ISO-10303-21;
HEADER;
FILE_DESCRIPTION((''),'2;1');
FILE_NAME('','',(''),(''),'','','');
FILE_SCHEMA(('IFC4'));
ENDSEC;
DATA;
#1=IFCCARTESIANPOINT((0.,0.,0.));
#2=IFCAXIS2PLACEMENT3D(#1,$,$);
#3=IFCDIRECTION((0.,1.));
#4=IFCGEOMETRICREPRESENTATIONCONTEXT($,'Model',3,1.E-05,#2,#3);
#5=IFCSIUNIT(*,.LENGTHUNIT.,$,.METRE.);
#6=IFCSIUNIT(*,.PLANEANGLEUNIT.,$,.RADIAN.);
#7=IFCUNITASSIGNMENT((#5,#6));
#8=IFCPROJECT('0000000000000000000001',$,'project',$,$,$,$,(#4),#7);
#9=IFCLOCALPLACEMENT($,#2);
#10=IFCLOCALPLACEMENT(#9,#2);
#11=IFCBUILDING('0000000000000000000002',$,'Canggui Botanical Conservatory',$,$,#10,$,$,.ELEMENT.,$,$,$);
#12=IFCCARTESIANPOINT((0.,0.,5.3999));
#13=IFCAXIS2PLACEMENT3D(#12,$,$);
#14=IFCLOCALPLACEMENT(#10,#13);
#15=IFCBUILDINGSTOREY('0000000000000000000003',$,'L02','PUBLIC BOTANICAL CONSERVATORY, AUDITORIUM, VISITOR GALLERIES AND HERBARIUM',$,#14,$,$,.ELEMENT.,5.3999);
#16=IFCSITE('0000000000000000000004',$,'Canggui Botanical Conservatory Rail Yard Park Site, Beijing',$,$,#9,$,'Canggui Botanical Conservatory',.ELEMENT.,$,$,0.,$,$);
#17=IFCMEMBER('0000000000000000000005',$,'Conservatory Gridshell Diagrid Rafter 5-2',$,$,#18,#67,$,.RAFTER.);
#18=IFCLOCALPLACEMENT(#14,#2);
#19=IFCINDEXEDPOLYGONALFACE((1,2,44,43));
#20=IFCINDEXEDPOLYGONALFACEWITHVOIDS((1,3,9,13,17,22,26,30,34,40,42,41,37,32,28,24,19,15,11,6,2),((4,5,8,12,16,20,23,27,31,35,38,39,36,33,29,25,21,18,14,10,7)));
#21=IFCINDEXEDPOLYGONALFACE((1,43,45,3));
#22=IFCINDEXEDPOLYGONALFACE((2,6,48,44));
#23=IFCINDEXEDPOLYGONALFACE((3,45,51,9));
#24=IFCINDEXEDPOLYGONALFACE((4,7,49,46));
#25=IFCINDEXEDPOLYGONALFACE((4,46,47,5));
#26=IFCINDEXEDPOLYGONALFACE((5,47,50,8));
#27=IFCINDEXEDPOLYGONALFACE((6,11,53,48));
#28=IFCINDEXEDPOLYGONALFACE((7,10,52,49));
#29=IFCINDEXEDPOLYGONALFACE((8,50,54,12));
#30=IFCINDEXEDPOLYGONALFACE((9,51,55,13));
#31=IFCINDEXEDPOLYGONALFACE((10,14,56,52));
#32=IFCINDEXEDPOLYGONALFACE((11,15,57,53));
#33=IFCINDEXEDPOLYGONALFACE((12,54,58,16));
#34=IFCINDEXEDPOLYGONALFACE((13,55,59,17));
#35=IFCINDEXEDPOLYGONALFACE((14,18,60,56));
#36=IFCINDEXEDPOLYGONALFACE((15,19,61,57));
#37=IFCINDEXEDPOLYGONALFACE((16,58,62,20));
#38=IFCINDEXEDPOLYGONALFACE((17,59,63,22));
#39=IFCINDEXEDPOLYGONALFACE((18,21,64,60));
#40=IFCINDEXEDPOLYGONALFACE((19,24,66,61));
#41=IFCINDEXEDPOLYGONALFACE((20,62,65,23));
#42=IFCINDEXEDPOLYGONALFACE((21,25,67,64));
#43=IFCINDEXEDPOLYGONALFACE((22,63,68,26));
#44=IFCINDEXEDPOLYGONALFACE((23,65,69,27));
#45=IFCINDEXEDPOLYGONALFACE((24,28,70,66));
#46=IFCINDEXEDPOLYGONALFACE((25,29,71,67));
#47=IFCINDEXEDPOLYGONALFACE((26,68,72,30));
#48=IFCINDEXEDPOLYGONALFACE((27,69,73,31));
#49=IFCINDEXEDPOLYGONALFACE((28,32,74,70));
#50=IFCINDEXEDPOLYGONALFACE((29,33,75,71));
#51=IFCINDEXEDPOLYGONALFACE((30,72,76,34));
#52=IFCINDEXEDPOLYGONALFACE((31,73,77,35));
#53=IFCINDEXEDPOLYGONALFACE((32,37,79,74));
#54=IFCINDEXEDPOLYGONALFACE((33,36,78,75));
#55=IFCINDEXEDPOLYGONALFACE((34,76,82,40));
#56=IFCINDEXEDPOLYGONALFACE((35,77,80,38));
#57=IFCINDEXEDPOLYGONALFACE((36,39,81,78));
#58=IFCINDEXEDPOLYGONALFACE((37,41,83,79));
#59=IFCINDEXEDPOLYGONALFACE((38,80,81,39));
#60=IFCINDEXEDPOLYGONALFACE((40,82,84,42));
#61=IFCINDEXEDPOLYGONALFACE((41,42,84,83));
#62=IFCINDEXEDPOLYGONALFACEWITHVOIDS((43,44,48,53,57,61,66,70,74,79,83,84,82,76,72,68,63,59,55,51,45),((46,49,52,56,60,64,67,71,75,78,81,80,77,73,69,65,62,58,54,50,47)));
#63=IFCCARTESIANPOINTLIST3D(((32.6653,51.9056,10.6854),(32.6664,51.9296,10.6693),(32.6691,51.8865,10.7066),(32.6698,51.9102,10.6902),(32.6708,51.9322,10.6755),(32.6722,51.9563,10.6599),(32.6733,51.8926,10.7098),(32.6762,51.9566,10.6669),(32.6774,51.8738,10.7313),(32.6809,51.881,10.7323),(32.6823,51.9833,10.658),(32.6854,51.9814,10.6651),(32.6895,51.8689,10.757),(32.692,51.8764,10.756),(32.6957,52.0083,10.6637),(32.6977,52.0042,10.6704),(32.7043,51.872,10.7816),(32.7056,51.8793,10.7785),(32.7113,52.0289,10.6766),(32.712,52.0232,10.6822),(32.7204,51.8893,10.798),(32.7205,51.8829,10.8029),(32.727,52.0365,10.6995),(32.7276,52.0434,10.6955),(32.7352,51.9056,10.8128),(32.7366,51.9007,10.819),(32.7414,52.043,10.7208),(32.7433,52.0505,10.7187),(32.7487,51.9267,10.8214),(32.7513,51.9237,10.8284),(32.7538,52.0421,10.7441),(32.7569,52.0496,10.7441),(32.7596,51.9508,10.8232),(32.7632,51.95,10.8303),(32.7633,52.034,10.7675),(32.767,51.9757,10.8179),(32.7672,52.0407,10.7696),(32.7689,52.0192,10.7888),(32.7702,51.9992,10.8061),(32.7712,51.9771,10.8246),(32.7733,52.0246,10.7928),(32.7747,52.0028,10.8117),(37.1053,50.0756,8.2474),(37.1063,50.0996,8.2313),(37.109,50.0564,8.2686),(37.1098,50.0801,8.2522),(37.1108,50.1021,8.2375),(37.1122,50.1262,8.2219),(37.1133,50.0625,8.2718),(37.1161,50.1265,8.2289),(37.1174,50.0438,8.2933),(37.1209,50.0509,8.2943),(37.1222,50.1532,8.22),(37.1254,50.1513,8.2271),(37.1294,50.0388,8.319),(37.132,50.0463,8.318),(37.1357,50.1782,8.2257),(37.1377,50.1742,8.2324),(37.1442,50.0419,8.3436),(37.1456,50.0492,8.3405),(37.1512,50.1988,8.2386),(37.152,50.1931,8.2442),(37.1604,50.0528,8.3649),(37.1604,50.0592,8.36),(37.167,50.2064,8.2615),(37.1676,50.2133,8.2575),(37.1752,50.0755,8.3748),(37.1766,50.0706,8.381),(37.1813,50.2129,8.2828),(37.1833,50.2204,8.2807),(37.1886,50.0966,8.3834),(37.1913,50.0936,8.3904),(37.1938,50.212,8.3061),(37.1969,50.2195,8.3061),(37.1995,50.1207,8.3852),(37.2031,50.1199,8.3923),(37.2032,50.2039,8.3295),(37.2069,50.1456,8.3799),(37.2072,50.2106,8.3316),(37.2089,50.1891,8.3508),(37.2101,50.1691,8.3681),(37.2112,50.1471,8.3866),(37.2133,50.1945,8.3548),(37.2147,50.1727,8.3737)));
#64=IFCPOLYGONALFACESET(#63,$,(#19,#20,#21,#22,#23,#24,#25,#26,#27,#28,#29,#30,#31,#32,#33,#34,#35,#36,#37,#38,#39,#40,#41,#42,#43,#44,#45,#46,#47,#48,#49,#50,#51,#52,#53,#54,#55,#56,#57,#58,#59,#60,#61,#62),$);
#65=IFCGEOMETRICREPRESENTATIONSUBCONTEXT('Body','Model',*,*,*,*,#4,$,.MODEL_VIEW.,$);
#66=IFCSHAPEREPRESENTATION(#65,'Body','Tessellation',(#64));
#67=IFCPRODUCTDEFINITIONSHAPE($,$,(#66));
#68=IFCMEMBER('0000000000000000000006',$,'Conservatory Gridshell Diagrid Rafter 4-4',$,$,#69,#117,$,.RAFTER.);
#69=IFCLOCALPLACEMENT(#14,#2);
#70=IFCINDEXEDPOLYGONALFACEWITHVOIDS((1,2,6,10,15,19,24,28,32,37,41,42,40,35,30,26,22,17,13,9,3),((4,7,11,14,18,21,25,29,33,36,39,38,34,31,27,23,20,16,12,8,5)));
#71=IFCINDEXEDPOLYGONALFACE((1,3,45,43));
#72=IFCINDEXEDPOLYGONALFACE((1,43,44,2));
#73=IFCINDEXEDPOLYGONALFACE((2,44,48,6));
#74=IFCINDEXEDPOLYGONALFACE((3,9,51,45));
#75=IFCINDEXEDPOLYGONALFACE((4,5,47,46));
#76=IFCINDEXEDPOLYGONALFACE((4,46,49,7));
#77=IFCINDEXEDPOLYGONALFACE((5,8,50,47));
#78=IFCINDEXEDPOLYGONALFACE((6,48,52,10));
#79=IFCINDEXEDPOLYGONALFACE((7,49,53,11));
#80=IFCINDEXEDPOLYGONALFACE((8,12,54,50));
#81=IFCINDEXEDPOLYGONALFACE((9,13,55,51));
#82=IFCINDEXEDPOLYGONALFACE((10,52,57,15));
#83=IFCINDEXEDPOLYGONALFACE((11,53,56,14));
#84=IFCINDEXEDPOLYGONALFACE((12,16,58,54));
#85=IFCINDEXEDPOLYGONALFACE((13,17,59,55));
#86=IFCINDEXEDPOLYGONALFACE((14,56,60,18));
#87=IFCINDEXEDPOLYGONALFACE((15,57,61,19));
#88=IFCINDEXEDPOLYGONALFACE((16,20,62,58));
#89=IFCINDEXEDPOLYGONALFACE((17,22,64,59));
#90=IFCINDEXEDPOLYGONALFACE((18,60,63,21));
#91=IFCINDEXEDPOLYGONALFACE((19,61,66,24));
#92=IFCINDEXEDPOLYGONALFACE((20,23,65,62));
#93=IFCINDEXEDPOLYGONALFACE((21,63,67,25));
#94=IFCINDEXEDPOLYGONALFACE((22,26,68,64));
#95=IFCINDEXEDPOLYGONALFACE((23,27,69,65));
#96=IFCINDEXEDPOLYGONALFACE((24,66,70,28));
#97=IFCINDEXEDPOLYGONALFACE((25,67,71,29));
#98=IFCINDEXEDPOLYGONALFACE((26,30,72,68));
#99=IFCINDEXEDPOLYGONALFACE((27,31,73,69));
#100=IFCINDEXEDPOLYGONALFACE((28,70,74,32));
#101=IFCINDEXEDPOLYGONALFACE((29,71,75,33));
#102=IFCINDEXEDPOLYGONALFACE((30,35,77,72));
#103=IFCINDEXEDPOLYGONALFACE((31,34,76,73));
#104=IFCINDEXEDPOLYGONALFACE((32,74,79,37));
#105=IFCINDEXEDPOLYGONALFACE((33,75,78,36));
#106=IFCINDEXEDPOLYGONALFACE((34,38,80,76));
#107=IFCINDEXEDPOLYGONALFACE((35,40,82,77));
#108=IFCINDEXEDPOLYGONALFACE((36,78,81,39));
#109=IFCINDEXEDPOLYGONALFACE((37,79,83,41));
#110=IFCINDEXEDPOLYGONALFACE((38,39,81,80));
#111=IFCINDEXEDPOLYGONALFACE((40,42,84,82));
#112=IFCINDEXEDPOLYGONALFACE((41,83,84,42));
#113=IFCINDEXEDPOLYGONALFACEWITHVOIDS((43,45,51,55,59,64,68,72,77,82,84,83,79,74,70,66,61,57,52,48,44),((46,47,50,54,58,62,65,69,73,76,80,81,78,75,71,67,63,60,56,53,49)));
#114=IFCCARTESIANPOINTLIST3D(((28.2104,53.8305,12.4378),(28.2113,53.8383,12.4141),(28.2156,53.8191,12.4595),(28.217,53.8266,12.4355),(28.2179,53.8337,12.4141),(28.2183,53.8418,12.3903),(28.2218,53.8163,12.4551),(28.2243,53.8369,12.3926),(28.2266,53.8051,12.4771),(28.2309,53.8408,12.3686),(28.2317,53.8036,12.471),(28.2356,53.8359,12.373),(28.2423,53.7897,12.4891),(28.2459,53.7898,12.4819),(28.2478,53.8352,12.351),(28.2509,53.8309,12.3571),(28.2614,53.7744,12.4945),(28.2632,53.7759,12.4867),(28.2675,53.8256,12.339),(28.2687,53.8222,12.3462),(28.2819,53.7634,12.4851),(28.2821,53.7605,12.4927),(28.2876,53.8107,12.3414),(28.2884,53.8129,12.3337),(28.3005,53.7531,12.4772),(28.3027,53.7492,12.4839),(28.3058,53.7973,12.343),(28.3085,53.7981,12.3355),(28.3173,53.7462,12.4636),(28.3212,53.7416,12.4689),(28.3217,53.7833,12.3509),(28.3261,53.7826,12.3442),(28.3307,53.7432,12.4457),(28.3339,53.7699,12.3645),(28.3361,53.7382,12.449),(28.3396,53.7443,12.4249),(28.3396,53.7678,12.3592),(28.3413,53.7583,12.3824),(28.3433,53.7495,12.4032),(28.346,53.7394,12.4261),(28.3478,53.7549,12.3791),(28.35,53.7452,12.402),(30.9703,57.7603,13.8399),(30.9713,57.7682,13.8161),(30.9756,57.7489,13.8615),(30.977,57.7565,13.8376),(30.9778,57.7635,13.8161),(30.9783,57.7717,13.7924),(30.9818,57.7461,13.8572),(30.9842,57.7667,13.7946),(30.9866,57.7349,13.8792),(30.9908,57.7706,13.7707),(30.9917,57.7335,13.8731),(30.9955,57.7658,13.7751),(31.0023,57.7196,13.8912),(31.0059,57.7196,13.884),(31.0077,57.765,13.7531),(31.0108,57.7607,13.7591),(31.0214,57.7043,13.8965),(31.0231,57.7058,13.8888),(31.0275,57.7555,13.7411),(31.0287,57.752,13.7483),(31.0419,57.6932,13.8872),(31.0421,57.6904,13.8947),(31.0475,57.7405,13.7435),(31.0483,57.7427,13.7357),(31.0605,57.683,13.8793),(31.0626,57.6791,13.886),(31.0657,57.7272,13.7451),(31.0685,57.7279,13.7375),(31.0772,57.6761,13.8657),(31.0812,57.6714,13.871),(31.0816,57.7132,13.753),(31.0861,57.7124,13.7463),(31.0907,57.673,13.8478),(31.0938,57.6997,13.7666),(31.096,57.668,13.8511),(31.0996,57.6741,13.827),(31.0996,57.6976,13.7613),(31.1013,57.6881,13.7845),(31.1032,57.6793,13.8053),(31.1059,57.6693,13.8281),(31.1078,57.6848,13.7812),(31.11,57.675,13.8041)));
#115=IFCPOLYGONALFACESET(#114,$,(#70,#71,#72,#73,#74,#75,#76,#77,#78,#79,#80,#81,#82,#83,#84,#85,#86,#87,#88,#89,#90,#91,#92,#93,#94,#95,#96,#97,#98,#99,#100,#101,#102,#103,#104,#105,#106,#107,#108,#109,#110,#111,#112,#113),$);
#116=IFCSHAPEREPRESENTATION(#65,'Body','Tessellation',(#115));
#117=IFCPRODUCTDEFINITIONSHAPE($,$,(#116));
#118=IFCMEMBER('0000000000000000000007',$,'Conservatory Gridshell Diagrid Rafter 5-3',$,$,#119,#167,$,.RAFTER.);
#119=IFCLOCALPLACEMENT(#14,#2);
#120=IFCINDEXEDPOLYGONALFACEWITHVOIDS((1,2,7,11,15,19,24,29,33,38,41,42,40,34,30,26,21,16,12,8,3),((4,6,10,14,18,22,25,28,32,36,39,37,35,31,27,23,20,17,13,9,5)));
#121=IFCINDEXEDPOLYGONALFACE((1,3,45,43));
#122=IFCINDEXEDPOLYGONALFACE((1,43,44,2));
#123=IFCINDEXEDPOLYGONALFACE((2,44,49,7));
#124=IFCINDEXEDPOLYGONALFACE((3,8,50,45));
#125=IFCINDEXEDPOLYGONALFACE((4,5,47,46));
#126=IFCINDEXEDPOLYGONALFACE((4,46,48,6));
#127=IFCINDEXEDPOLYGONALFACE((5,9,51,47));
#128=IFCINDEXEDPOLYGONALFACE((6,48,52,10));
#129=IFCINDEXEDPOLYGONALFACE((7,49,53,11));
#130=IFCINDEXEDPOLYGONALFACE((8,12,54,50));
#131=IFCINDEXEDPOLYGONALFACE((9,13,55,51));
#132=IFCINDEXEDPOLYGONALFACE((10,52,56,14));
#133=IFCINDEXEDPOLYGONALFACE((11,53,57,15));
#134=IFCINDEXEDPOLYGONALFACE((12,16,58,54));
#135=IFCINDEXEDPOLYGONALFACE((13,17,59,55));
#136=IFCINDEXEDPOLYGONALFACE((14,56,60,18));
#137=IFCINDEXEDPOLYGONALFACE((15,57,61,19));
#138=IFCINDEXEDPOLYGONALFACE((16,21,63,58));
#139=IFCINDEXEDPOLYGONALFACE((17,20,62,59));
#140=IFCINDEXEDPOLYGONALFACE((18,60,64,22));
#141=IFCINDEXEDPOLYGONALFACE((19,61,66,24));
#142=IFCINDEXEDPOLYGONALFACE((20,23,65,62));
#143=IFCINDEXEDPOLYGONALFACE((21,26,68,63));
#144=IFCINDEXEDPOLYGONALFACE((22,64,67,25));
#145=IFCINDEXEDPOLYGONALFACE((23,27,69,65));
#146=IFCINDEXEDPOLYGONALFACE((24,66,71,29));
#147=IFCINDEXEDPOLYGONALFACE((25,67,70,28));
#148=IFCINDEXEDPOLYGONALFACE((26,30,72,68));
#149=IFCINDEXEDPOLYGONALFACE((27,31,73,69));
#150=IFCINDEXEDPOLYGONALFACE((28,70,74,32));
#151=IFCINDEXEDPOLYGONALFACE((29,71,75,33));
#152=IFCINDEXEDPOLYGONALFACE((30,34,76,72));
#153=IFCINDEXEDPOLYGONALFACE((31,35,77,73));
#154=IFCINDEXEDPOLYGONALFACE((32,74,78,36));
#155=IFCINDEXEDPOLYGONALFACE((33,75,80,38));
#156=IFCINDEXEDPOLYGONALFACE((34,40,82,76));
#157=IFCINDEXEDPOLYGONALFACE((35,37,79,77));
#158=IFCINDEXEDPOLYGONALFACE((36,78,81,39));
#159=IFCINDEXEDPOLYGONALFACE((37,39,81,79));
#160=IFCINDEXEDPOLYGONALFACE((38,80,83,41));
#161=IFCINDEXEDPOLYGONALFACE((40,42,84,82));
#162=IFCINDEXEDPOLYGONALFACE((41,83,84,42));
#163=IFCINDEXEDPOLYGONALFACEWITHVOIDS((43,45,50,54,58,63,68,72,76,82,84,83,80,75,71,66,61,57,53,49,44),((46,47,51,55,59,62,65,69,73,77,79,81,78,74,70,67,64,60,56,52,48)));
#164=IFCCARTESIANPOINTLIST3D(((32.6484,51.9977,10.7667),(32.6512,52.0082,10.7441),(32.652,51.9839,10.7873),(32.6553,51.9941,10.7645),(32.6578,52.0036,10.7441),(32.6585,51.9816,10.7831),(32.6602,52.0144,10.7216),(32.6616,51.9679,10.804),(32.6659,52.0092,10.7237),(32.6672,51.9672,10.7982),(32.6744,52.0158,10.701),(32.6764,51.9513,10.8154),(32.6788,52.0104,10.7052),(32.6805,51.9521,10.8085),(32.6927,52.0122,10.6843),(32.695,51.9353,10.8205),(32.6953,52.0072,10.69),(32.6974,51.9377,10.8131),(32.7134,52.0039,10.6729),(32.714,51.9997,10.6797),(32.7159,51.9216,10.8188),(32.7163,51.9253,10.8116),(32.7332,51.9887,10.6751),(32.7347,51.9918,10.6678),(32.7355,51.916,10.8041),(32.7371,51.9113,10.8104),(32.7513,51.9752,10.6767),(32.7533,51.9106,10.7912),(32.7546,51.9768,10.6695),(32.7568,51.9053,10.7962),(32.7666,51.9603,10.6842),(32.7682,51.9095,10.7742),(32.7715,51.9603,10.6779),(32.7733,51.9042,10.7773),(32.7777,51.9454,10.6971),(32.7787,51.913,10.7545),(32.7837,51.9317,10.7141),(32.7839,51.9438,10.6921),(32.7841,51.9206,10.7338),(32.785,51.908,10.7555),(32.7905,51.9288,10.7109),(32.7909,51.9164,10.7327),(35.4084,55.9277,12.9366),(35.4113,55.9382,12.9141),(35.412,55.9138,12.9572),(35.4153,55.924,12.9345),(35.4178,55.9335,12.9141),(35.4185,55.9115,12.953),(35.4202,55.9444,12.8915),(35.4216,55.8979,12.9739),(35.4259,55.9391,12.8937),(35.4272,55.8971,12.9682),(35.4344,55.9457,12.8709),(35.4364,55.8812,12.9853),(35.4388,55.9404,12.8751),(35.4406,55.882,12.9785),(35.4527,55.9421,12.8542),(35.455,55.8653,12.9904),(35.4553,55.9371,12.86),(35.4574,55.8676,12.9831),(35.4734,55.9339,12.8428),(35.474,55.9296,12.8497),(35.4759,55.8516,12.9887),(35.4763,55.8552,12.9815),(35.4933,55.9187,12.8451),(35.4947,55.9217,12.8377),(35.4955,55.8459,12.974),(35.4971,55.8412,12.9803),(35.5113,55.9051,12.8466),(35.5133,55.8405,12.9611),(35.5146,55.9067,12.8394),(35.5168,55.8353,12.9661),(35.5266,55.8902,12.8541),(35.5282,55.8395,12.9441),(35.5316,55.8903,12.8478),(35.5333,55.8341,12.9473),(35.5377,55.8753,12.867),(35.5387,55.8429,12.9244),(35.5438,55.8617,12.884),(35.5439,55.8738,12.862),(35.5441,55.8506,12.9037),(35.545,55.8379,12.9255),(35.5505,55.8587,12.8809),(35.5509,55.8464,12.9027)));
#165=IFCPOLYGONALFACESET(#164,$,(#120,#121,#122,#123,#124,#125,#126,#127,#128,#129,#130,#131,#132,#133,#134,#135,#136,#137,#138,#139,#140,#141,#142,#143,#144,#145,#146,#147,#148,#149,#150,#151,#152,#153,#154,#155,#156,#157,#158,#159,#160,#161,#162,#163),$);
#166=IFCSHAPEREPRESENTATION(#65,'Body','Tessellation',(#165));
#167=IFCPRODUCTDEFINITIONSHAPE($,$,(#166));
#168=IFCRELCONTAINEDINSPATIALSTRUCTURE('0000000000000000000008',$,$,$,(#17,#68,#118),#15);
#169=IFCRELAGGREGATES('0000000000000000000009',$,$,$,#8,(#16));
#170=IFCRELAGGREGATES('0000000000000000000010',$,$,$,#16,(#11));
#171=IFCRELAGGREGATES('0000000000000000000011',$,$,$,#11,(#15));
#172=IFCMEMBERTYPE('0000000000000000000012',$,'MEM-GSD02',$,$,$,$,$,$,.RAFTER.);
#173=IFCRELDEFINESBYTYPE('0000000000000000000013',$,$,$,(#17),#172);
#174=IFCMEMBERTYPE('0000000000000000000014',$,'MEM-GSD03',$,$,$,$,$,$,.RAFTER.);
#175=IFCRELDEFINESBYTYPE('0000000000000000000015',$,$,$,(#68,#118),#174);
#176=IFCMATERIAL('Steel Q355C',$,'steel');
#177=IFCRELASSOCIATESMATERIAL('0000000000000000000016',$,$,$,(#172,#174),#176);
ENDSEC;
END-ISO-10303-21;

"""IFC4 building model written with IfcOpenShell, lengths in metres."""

from ifc_helpers import new_model, si_unit, direction, frame, origin, origin_2d, place, context, subcontext, project, spatial, hollow_circle, extrude, material, material_profile, profile_set, type_object, element, save


model = new_model("IFC4")

# Units and contexts
model_context = context("Model", 3, precision=1e-05, world=origin(), true_north=direction((0.0, 1.0)))
body_context = subcontext(model_context, "Body", "Model", "MODEL_VIEW")
ifc_project = project(units=[si_unit("LENGTHUNIT", "METRE"), si_unit("PLANEANGLEUNIT", "RADIAN")], contexts=[model_context])

# Site, building, storey
site_placement = place(None, origin())
site = spatial("IfcSite", under=ifc_project, at=site_placement, Name="Canggui Botanical Conservatory Rail Yard Park Site, Beijing", LongName="Canggui Botanical Conservatory", CompositionType="ELEMENT", RefElevation=0.0)
building_placement = place(site_placement, origin())
building = spatial("IfcBuilding", under=site, at=building_placement, Name="Canggui Botanical Conservatory", CompositionType="ELEMENT")
storey_placement = place(building_placement, frame((0.0, 0.0, 5.3999)))
storey = spatial("IfcBuildingStorey", under=building, at=storey_placement, Name="L02", Description="PUBLIC BOTANICAL CONSERVATORY, AUDITORIUM, VISITOR GALLERIES AND HERBARIUM", CompositionType="ELEMENT", Elevation=5.3999)

# Shared definitions
ifc_material_1 = material(Name="Steel Q355C", Category="steel")

# Members
ifc_material_profile_1 = material_profile(ifc_material_1, hollow_circle(Radius=0.0969, WallThickness=0.0081, at=origin_2d()), Name="CHS 194x8")
ifc_profile_set_1 = profile_set([ifc_material_profile_1], Name="Steel Q355C")
member_type_1 = type_object("IfcMemberType", Name="MEM-GSD02", PredefinedType="RAFTER", material=ifc_profile_set_1)
member_1_placement = place(storey_placement, frame((32.72, 51.96, 10.7441), z_axis=(0.82439, -0.339802, -0.452676), x_axis=(0.381082, 0.924541, 0.0)))
element("IfcMember", 1, at=member_1_placement, inside=storey, type_object=member_type_1, Name="Conservatory Gridshell Diagrid Rafter 5-2", PredefinedType="RAFTER", context=body_context, shape_type="SweptSolid", body=[
    extrude(hollow_circle(Radius=0.0969, WallThickness=0.0081, at=origin_2d()), origin(), (0.0, 0.0, 1.0), 5.3857),
])
ifc_material_profile_2 = material_profile(ifc_material_1, hollow_circle(Radius=0.084, WallThickness=0.0081, at=origin_2d()), Name="CHS 168x8")
ifc_profile_set_2 = profile_set([ifc_material_profile_2], Name="Steel Q355C")
member_type_2 = type_object("IfcMemberType", Name="MEM-GSD03", PredefinedType="RAFTER", material=ifc_profile_set_2)
member_2_placement = place(storey_placement, frame((28.28, 53.79, 12.4141), z_axis=(0.551694, 0.785548, 0.280264), x_axis=(-0.818345, 0.574728, 0.0)))
element("IfcMember", 2, at=member_2_placement, inside=storey, type_object=member_type_2, Name="Conservatory Gridshell Diagrid Rafter 4-4", PredefinedType="RAFTER", context=body_context, shape_type="SweptSolid", body=[
    extrude(hollow_circle(Radius=0.084, WallThickness=0.0081, at=origin_2d()), origin(), (0.0, 0.0, 1.0), 5.0027),
])
member_3_placement = place(storey_placement, frame((32.72, 51.96, 10.7441), z_axis=(0.523743, 0.745749, 0.411767), x_axis=(-0.818345, 0.574728, 0.0)))
element("IfcMember", 3, at=member_3_placement, inside=storey, type_object=member_type_2, Name="Conservatory Gridshell Diagrid Rafter 5-3", PredefinedType="RAFTER", context=body_context, shape_type="SweptSolid", body=[
    extrude(hollow_circle(Radius=0.084, WallThickness=0.0081, at=origin_2d()), origin(), (0.0, 0.0, 1.0), 5.2698),
])

save(model, "model.ifc")
